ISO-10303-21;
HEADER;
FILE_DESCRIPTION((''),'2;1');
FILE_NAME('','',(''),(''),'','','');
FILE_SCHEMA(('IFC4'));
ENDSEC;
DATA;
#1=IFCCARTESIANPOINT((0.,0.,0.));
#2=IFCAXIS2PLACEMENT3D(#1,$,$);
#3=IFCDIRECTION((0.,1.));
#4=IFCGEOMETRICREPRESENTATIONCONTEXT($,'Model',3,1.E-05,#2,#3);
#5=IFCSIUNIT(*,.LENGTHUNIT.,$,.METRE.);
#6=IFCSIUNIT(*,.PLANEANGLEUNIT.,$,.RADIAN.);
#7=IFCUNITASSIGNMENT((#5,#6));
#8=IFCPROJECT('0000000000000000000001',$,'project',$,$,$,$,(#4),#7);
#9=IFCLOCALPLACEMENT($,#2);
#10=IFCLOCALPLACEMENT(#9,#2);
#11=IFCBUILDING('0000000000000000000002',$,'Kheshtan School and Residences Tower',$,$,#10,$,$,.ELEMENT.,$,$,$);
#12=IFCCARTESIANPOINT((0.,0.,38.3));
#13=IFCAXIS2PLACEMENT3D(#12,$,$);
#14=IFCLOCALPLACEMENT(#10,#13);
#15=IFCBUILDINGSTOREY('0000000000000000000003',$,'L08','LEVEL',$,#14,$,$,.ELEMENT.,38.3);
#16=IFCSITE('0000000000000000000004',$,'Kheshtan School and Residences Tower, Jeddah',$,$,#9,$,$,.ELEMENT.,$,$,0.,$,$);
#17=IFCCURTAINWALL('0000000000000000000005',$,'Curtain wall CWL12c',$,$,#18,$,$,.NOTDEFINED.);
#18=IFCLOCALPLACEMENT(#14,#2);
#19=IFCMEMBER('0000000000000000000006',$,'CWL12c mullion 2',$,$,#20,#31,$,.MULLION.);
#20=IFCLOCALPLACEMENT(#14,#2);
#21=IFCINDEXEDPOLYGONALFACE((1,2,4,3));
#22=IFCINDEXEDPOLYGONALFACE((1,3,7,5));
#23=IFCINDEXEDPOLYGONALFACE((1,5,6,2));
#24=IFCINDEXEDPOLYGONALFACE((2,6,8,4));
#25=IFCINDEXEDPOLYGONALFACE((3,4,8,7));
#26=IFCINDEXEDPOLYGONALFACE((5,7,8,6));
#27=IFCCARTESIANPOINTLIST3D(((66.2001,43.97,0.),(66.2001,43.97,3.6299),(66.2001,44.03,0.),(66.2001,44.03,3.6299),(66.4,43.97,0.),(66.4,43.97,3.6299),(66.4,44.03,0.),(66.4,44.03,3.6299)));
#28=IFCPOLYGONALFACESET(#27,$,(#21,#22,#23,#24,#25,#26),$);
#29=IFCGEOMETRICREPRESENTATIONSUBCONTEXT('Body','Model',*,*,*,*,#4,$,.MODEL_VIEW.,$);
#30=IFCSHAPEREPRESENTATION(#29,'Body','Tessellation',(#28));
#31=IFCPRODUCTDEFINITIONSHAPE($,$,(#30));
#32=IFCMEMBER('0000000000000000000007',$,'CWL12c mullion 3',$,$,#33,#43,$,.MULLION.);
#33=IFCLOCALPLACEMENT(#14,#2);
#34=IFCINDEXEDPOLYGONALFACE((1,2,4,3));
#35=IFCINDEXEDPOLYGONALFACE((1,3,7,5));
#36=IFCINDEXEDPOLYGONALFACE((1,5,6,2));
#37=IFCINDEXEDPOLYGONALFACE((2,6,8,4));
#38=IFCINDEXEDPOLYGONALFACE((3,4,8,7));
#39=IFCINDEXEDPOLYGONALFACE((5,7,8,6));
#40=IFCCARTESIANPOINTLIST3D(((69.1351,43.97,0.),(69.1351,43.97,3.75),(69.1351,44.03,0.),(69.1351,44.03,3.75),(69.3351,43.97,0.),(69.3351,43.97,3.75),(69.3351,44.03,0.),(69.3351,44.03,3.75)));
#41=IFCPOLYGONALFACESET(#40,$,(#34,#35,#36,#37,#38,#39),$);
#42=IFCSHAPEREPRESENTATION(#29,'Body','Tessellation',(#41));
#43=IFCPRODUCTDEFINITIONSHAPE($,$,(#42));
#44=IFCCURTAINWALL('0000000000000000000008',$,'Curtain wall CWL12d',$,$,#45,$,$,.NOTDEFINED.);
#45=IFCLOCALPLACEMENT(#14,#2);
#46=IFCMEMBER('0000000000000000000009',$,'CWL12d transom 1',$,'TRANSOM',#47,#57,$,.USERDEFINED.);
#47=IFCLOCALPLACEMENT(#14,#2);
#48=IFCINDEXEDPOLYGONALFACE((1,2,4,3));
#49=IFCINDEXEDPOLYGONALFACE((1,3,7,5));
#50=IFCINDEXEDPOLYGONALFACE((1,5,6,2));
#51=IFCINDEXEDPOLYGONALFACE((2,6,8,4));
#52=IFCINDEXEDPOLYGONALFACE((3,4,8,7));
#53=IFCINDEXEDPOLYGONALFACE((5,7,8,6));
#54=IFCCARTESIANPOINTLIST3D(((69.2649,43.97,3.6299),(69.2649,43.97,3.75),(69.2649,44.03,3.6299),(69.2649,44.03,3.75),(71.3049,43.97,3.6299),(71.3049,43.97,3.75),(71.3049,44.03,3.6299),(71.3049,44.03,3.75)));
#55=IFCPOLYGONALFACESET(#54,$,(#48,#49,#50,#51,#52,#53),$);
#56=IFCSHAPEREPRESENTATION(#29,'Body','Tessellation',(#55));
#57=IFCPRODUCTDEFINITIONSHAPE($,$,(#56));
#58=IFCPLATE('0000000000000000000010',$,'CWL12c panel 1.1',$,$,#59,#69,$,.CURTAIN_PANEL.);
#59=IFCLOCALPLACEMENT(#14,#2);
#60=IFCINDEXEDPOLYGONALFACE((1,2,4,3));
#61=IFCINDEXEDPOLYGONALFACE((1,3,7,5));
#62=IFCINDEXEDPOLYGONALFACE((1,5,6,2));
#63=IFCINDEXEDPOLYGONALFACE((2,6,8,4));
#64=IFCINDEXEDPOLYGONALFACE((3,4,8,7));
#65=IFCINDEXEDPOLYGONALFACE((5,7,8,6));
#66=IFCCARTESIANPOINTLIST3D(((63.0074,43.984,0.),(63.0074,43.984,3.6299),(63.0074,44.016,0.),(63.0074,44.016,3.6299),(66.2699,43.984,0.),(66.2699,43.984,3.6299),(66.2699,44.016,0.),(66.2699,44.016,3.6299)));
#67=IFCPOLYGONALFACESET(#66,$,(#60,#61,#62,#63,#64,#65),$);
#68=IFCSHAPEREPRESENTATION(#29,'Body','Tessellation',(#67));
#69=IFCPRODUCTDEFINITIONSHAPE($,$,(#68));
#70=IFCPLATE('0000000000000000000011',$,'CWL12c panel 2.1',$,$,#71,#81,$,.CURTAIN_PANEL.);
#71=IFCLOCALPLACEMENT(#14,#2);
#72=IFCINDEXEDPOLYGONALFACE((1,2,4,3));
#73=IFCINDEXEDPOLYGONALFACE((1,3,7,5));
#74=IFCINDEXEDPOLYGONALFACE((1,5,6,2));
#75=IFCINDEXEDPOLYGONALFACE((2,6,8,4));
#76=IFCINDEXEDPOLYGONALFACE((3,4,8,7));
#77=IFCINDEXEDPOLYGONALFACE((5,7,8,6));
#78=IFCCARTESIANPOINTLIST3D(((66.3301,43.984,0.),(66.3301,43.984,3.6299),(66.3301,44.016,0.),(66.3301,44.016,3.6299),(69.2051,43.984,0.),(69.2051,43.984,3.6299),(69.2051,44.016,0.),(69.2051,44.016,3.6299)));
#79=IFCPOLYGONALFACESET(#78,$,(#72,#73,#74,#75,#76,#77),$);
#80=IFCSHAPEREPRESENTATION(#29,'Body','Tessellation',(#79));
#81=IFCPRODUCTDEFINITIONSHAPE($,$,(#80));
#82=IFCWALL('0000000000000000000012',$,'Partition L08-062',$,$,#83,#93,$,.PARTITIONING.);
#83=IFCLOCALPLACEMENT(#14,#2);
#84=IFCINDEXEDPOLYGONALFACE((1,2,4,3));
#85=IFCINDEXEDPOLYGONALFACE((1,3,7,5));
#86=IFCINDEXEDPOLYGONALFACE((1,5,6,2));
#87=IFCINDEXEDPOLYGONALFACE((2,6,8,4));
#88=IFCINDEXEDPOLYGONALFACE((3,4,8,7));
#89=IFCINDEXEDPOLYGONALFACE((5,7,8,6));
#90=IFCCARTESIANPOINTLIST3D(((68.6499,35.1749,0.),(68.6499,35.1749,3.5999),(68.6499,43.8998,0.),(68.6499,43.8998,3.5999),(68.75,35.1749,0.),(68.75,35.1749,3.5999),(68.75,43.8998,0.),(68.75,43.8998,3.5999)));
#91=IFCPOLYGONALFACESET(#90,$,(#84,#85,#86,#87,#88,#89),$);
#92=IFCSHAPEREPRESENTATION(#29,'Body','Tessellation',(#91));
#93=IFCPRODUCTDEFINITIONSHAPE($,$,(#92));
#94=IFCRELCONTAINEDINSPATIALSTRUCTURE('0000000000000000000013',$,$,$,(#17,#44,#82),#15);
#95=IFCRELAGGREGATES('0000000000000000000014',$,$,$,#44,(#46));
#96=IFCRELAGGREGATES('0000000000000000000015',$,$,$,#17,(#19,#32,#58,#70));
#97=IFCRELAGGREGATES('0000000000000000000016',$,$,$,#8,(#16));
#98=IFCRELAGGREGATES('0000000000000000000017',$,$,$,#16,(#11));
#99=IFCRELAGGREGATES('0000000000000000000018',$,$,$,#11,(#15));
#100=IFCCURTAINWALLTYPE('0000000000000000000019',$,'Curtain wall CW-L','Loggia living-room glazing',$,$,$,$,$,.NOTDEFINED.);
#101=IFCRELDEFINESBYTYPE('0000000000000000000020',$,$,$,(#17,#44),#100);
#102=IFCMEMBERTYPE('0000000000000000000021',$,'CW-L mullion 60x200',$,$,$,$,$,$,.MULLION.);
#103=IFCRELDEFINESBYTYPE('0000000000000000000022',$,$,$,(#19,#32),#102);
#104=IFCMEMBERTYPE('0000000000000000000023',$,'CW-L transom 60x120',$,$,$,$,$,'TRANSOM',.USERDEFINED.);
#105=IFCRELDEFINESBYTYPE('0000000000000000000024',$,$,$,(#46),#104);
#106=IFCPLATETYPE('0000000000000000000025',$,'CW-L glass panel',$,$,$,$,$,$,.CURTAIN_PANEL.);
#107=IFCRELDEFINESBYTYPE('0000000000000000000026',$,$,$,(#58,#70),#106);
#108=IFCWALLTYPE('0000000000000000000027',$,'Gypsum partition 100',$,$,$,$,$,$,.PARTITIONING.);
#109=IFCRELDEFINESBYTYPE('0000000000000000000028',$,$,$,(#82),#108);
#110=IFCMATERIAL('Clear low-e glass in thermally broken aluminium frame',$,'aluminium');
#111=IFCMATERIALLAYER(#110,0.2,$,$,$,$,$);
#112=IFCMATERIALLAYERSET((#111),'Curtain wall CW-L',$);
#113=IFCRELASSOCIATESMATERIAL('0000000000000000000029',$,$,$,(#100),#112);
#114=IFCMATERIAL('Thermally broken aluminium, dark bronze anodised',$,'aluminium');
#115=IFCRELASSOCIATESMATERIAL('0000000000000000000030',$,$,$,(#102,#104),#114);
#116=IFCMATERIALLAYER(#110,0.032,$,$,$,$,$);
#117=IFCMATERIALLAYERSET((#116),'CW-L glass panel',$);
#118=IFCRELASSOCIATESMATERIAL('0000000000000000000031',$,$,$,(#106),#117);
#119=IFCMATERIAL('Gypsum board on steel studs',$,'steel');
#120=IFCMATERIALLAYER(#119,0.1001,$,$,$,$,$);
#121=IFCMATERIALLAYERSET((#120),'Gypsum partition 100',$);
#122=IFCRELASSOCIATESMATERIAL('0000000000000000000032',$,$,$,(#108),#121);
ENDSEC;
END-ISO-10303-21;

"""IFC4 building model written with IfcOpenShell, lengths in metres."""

from ifc_helpers import new_model, si_unit, direction, frame, frame_2d, origin, origin_2d, place, context, subcontext, project, spatial, rectangle, extrude, material, layer, layer_set, material_profile, profile_set, type_object, element, aggregate, save


model = new_model("IFC4")

# Units and contexts
model_context = context("Model", 3, precision=1e-05, world=origin(), true_north=direction((0.0, 1.0)))
body_context = subcontext(model_context, "Body", "Model", "MODEL_VIEW")
ifc_project = project(units=[si_unit("LENGTHUNIT", "METRE"), si_unit("PLANEANGLEUNIT", "RADIAN")], contexts=[model_context])

# Site, building, storey
site_placement = place(None, origin())
site = spatial("IfcSite", under=ifc_project, at=site_placement, Name="Kheshtan School and Residences Tower, Jeddah", CompositionType="ELEMENT", RefElevation=0.0)
building_placement = place(site_placement, origin())
building = spatial("IfcBuilding", under=site, at=building_placement, Name="Kheshtan School and Residences Tower", CompositionType="ELEMENT")
storey_placement = place(building_placement, frame((0.0, 0.0, 38.3)))
storey = spatial("IfcBuildingStorey", under=building, at=storey_placement, Name="L08", Description="LEVEL", CompositionType="ELEMENT", Elevation=38.3)

# Curtain wall, members
ifc_material_1 = material(Name="Clear low-e glass in thermally broken aluminium frame", Category="aluminium")
ifc_layer_1 = layer(ifc_material_1, 0.2)
ifc_layer_set_1 = layer_set([ifc_layer_1], Name="Curtain wall CW-L")
curtain_wall_type = type_object("IfcCurtainWallType", Name="Curtain wall CW-L", Description="Loggia living-room glazing", PredefinedType="NOTDEFINED", material=ifc_layer_set_1)
curtain_wall_1_placement = place(storey_placement, origin())
curtain_wall_1 = element("IfcCurtainWall", 1, at=curtain_wall_1_placement, inside=storey, type_object=curtain_wall_type, Name="Curtain wall CWL12c", PredefinedType="NOTDEFINED")
ifc_material_2 = material(Name="Thermally broken aluminium, dark bronze anodised", Category="aluminium")
ifc_material_profile_1 = material_profile(ifc_material_2, rectangle(XDim=0.0601, YDim=0.2, at=origin_2d()), Name="CW-L mullion 60x200")
ifc_profile_set_1 = profile_set([ifc_material_profile_1], Name="Thermally broken aluminium, dark bronze anodised")
member_type_1 = type_object("IfcMemberType", Name="CW-L mullion 60x200", PredefinedType="MULLION", material=ifc_profile_set_1)
member_1_placement = place(storey_placement, frame((66.3, 44.0, 0.0), z_axis=(0.0, 0.0, 1.0), x_axis=(0.0, 1.0, 0.0)))
member_1 = element("IfcMember", 2, at=member_1_placement, type_object=member_type_1, Name="CWL12c mullion 2", PredefinedType="MULLION", context=body_context, shape_type="SweptSolid", body=[
    extrude(rectangle(XDim=0.0601, YDim=0.2, at=origin_2d()), origin(), (0.0, 0.0, 1.0), 3.6299),
])
member_2_placement = place(storey_placement, frame((69.2351, 44.0, 0.0), z_axis=(0.0, 0.0, 1.0), x_axis=(0.0, 1.0, 0.0)))
member_2 = element("IfcMember", 3, at=member_2_placement, type_object=member_type_1, Name="CWL12c mullion 3", PredefinedType="MULLION", context=body_context, shape_type="SweptSolid", body=[
    extrude(rectangle(XDim=0.0601, YDim=0.2, at=origin_2d()), origin(), (0.0, 0.0, 1.0), 3.75),
])

# Curtain wall, member
curtain_wall_2_placement = place(storey_placement, origin())
curtain_wall_2 = element("IfcCurtainWall", 4, at=curtain_wall_2_placement, inside=storey, type_object=curtain_wall_type, Name="Curtain wall CWL12d", PredefinedType="NOTDEFINED")
ifc_material_profile_2 = material_profile(ifc_material_2, rectangle(XDim=0.0601, YDim=0.1201, at=origin_2d()), Name="CW-L transom 60x120")
ifc_profile_set_2 = profile_set([ifc_material_profile_2], Name="Thermally broken aluminium, dark bronze anodised")
member_type_2 = type_object("IfcMemberType", Name="CW-L transom 60x120", ElementType="TRANSOM", PredefinedType="USERDEFINED", material=ifc_profile_set_2)
member_3_placement = place(storey_placement, frame((69.2649, 44.0, 3.6899), z_axis=(1.0, 0.0, 0.0), x_axis=(0.0, 1.0, 0.0)))
member_3 = element("IfcMember", 5, at=member_3_placement, type_object=member_type_2, Name="CWL12d transom 1", ObjectType="TRANSOM", PredefinedType="USERDEFINED", context=body_context, shape_type="SweptSolid", body=[
    extrude(rectangle(XDim=0.0601, YDim=0.1201, at=origin_2d()), origin(), (0.0, 0.0, 1.0), 2.04),
])
aggregate(curtain_wall_2, [member_3])

# Plates
ifc_layer_2 = layer(ifc_material_1, 0.032)
ifc_layer_set_2 = layer_set([ifc_layer_2], Name="CW-L glass panel")
plate_type = type_object("IfcPlateType", Name="CW-L glass panel", PredefinedType="CURTAIN_PANEL", material=ifc_layer_set_2)
plate_1_placement = place(storey_placement, frame((64.6387, 44.0, 0.0), z_axis=(0.0, 0.0, 1.0), x_axis=(1.0, 0.0, 0.0)))
plate_1 = element("IfcPlate", 6, at=plate_1_placement, type_object=plate_type, Name="CWL12c panel 1.1", PredefinedType="CURTAIN_PANEL", context=body_context, shape_type="SweptSolid", body=[
    extrude(rectangle(XDim=3.2625, YDim=0.032, at=origin_2d()), origin(), (0.0, 0.0, 1.0), 3.6299),
])
plate_2_placement = place(storey_placement, frame((67.7676, 44.0, 0.0), z_axis=(0.0, 0.0, 1.0), x_axis=(1.0, 0.0, 0.0)))
plate_2 = element("IfcPlate", 7, at=plate_2_placement, type_object=plate_type, Name="CWL12c panel 2.1", PredefinedType="CURTAIN_PANEL", context=body_context, shape_type="SweptSolid", body=[
    extrude(rectangle(XDim=2.875, YDim=0.032, at=origin_2d()), origin(), (0.0, 0.0, 1.0), 3.6299),
])
aggregate(curtain_wall_1, [member_1, member_2, plate_1, plate_2])

# Wall
ifc_material_3 = material(Name="Gypsum board on steel studs", Category="steel")
ifc_layer_3 = layer(ifc_material_3, 0.1001)
ifc_layer_set_3 = layer_set([ifc_layer_3], Name="Gypsum partition 100")
wall_type_1 = type_object("IfcWallType", Name="Gypsum partition 100", PredefinedType="PARTITIONING", material=ifc_layer_set_3)
wall_1_placement = place(storey_placement, frame((68.7, 35.175, 0.0), z_axis=(0.0, 0.0, 1.0), x_axis=(0.0, 1.0, 0.0)))
element("IfcWall", 8, at=wall_1_placement, inside=storey, type_object=wall_type_1, Name="Partition L08-062", PredefinedType="PARTITIONING", context=body_context, shape_type="SweptSolid", body=[
    extrude(rectangle(XDim=8.7249, YDim=0.1001, at=frame_2d((4.3623, 0.0))), origin(), (0.0, 0.0, 1.0), 3.5999),
])

save(model, "model.ifc")
